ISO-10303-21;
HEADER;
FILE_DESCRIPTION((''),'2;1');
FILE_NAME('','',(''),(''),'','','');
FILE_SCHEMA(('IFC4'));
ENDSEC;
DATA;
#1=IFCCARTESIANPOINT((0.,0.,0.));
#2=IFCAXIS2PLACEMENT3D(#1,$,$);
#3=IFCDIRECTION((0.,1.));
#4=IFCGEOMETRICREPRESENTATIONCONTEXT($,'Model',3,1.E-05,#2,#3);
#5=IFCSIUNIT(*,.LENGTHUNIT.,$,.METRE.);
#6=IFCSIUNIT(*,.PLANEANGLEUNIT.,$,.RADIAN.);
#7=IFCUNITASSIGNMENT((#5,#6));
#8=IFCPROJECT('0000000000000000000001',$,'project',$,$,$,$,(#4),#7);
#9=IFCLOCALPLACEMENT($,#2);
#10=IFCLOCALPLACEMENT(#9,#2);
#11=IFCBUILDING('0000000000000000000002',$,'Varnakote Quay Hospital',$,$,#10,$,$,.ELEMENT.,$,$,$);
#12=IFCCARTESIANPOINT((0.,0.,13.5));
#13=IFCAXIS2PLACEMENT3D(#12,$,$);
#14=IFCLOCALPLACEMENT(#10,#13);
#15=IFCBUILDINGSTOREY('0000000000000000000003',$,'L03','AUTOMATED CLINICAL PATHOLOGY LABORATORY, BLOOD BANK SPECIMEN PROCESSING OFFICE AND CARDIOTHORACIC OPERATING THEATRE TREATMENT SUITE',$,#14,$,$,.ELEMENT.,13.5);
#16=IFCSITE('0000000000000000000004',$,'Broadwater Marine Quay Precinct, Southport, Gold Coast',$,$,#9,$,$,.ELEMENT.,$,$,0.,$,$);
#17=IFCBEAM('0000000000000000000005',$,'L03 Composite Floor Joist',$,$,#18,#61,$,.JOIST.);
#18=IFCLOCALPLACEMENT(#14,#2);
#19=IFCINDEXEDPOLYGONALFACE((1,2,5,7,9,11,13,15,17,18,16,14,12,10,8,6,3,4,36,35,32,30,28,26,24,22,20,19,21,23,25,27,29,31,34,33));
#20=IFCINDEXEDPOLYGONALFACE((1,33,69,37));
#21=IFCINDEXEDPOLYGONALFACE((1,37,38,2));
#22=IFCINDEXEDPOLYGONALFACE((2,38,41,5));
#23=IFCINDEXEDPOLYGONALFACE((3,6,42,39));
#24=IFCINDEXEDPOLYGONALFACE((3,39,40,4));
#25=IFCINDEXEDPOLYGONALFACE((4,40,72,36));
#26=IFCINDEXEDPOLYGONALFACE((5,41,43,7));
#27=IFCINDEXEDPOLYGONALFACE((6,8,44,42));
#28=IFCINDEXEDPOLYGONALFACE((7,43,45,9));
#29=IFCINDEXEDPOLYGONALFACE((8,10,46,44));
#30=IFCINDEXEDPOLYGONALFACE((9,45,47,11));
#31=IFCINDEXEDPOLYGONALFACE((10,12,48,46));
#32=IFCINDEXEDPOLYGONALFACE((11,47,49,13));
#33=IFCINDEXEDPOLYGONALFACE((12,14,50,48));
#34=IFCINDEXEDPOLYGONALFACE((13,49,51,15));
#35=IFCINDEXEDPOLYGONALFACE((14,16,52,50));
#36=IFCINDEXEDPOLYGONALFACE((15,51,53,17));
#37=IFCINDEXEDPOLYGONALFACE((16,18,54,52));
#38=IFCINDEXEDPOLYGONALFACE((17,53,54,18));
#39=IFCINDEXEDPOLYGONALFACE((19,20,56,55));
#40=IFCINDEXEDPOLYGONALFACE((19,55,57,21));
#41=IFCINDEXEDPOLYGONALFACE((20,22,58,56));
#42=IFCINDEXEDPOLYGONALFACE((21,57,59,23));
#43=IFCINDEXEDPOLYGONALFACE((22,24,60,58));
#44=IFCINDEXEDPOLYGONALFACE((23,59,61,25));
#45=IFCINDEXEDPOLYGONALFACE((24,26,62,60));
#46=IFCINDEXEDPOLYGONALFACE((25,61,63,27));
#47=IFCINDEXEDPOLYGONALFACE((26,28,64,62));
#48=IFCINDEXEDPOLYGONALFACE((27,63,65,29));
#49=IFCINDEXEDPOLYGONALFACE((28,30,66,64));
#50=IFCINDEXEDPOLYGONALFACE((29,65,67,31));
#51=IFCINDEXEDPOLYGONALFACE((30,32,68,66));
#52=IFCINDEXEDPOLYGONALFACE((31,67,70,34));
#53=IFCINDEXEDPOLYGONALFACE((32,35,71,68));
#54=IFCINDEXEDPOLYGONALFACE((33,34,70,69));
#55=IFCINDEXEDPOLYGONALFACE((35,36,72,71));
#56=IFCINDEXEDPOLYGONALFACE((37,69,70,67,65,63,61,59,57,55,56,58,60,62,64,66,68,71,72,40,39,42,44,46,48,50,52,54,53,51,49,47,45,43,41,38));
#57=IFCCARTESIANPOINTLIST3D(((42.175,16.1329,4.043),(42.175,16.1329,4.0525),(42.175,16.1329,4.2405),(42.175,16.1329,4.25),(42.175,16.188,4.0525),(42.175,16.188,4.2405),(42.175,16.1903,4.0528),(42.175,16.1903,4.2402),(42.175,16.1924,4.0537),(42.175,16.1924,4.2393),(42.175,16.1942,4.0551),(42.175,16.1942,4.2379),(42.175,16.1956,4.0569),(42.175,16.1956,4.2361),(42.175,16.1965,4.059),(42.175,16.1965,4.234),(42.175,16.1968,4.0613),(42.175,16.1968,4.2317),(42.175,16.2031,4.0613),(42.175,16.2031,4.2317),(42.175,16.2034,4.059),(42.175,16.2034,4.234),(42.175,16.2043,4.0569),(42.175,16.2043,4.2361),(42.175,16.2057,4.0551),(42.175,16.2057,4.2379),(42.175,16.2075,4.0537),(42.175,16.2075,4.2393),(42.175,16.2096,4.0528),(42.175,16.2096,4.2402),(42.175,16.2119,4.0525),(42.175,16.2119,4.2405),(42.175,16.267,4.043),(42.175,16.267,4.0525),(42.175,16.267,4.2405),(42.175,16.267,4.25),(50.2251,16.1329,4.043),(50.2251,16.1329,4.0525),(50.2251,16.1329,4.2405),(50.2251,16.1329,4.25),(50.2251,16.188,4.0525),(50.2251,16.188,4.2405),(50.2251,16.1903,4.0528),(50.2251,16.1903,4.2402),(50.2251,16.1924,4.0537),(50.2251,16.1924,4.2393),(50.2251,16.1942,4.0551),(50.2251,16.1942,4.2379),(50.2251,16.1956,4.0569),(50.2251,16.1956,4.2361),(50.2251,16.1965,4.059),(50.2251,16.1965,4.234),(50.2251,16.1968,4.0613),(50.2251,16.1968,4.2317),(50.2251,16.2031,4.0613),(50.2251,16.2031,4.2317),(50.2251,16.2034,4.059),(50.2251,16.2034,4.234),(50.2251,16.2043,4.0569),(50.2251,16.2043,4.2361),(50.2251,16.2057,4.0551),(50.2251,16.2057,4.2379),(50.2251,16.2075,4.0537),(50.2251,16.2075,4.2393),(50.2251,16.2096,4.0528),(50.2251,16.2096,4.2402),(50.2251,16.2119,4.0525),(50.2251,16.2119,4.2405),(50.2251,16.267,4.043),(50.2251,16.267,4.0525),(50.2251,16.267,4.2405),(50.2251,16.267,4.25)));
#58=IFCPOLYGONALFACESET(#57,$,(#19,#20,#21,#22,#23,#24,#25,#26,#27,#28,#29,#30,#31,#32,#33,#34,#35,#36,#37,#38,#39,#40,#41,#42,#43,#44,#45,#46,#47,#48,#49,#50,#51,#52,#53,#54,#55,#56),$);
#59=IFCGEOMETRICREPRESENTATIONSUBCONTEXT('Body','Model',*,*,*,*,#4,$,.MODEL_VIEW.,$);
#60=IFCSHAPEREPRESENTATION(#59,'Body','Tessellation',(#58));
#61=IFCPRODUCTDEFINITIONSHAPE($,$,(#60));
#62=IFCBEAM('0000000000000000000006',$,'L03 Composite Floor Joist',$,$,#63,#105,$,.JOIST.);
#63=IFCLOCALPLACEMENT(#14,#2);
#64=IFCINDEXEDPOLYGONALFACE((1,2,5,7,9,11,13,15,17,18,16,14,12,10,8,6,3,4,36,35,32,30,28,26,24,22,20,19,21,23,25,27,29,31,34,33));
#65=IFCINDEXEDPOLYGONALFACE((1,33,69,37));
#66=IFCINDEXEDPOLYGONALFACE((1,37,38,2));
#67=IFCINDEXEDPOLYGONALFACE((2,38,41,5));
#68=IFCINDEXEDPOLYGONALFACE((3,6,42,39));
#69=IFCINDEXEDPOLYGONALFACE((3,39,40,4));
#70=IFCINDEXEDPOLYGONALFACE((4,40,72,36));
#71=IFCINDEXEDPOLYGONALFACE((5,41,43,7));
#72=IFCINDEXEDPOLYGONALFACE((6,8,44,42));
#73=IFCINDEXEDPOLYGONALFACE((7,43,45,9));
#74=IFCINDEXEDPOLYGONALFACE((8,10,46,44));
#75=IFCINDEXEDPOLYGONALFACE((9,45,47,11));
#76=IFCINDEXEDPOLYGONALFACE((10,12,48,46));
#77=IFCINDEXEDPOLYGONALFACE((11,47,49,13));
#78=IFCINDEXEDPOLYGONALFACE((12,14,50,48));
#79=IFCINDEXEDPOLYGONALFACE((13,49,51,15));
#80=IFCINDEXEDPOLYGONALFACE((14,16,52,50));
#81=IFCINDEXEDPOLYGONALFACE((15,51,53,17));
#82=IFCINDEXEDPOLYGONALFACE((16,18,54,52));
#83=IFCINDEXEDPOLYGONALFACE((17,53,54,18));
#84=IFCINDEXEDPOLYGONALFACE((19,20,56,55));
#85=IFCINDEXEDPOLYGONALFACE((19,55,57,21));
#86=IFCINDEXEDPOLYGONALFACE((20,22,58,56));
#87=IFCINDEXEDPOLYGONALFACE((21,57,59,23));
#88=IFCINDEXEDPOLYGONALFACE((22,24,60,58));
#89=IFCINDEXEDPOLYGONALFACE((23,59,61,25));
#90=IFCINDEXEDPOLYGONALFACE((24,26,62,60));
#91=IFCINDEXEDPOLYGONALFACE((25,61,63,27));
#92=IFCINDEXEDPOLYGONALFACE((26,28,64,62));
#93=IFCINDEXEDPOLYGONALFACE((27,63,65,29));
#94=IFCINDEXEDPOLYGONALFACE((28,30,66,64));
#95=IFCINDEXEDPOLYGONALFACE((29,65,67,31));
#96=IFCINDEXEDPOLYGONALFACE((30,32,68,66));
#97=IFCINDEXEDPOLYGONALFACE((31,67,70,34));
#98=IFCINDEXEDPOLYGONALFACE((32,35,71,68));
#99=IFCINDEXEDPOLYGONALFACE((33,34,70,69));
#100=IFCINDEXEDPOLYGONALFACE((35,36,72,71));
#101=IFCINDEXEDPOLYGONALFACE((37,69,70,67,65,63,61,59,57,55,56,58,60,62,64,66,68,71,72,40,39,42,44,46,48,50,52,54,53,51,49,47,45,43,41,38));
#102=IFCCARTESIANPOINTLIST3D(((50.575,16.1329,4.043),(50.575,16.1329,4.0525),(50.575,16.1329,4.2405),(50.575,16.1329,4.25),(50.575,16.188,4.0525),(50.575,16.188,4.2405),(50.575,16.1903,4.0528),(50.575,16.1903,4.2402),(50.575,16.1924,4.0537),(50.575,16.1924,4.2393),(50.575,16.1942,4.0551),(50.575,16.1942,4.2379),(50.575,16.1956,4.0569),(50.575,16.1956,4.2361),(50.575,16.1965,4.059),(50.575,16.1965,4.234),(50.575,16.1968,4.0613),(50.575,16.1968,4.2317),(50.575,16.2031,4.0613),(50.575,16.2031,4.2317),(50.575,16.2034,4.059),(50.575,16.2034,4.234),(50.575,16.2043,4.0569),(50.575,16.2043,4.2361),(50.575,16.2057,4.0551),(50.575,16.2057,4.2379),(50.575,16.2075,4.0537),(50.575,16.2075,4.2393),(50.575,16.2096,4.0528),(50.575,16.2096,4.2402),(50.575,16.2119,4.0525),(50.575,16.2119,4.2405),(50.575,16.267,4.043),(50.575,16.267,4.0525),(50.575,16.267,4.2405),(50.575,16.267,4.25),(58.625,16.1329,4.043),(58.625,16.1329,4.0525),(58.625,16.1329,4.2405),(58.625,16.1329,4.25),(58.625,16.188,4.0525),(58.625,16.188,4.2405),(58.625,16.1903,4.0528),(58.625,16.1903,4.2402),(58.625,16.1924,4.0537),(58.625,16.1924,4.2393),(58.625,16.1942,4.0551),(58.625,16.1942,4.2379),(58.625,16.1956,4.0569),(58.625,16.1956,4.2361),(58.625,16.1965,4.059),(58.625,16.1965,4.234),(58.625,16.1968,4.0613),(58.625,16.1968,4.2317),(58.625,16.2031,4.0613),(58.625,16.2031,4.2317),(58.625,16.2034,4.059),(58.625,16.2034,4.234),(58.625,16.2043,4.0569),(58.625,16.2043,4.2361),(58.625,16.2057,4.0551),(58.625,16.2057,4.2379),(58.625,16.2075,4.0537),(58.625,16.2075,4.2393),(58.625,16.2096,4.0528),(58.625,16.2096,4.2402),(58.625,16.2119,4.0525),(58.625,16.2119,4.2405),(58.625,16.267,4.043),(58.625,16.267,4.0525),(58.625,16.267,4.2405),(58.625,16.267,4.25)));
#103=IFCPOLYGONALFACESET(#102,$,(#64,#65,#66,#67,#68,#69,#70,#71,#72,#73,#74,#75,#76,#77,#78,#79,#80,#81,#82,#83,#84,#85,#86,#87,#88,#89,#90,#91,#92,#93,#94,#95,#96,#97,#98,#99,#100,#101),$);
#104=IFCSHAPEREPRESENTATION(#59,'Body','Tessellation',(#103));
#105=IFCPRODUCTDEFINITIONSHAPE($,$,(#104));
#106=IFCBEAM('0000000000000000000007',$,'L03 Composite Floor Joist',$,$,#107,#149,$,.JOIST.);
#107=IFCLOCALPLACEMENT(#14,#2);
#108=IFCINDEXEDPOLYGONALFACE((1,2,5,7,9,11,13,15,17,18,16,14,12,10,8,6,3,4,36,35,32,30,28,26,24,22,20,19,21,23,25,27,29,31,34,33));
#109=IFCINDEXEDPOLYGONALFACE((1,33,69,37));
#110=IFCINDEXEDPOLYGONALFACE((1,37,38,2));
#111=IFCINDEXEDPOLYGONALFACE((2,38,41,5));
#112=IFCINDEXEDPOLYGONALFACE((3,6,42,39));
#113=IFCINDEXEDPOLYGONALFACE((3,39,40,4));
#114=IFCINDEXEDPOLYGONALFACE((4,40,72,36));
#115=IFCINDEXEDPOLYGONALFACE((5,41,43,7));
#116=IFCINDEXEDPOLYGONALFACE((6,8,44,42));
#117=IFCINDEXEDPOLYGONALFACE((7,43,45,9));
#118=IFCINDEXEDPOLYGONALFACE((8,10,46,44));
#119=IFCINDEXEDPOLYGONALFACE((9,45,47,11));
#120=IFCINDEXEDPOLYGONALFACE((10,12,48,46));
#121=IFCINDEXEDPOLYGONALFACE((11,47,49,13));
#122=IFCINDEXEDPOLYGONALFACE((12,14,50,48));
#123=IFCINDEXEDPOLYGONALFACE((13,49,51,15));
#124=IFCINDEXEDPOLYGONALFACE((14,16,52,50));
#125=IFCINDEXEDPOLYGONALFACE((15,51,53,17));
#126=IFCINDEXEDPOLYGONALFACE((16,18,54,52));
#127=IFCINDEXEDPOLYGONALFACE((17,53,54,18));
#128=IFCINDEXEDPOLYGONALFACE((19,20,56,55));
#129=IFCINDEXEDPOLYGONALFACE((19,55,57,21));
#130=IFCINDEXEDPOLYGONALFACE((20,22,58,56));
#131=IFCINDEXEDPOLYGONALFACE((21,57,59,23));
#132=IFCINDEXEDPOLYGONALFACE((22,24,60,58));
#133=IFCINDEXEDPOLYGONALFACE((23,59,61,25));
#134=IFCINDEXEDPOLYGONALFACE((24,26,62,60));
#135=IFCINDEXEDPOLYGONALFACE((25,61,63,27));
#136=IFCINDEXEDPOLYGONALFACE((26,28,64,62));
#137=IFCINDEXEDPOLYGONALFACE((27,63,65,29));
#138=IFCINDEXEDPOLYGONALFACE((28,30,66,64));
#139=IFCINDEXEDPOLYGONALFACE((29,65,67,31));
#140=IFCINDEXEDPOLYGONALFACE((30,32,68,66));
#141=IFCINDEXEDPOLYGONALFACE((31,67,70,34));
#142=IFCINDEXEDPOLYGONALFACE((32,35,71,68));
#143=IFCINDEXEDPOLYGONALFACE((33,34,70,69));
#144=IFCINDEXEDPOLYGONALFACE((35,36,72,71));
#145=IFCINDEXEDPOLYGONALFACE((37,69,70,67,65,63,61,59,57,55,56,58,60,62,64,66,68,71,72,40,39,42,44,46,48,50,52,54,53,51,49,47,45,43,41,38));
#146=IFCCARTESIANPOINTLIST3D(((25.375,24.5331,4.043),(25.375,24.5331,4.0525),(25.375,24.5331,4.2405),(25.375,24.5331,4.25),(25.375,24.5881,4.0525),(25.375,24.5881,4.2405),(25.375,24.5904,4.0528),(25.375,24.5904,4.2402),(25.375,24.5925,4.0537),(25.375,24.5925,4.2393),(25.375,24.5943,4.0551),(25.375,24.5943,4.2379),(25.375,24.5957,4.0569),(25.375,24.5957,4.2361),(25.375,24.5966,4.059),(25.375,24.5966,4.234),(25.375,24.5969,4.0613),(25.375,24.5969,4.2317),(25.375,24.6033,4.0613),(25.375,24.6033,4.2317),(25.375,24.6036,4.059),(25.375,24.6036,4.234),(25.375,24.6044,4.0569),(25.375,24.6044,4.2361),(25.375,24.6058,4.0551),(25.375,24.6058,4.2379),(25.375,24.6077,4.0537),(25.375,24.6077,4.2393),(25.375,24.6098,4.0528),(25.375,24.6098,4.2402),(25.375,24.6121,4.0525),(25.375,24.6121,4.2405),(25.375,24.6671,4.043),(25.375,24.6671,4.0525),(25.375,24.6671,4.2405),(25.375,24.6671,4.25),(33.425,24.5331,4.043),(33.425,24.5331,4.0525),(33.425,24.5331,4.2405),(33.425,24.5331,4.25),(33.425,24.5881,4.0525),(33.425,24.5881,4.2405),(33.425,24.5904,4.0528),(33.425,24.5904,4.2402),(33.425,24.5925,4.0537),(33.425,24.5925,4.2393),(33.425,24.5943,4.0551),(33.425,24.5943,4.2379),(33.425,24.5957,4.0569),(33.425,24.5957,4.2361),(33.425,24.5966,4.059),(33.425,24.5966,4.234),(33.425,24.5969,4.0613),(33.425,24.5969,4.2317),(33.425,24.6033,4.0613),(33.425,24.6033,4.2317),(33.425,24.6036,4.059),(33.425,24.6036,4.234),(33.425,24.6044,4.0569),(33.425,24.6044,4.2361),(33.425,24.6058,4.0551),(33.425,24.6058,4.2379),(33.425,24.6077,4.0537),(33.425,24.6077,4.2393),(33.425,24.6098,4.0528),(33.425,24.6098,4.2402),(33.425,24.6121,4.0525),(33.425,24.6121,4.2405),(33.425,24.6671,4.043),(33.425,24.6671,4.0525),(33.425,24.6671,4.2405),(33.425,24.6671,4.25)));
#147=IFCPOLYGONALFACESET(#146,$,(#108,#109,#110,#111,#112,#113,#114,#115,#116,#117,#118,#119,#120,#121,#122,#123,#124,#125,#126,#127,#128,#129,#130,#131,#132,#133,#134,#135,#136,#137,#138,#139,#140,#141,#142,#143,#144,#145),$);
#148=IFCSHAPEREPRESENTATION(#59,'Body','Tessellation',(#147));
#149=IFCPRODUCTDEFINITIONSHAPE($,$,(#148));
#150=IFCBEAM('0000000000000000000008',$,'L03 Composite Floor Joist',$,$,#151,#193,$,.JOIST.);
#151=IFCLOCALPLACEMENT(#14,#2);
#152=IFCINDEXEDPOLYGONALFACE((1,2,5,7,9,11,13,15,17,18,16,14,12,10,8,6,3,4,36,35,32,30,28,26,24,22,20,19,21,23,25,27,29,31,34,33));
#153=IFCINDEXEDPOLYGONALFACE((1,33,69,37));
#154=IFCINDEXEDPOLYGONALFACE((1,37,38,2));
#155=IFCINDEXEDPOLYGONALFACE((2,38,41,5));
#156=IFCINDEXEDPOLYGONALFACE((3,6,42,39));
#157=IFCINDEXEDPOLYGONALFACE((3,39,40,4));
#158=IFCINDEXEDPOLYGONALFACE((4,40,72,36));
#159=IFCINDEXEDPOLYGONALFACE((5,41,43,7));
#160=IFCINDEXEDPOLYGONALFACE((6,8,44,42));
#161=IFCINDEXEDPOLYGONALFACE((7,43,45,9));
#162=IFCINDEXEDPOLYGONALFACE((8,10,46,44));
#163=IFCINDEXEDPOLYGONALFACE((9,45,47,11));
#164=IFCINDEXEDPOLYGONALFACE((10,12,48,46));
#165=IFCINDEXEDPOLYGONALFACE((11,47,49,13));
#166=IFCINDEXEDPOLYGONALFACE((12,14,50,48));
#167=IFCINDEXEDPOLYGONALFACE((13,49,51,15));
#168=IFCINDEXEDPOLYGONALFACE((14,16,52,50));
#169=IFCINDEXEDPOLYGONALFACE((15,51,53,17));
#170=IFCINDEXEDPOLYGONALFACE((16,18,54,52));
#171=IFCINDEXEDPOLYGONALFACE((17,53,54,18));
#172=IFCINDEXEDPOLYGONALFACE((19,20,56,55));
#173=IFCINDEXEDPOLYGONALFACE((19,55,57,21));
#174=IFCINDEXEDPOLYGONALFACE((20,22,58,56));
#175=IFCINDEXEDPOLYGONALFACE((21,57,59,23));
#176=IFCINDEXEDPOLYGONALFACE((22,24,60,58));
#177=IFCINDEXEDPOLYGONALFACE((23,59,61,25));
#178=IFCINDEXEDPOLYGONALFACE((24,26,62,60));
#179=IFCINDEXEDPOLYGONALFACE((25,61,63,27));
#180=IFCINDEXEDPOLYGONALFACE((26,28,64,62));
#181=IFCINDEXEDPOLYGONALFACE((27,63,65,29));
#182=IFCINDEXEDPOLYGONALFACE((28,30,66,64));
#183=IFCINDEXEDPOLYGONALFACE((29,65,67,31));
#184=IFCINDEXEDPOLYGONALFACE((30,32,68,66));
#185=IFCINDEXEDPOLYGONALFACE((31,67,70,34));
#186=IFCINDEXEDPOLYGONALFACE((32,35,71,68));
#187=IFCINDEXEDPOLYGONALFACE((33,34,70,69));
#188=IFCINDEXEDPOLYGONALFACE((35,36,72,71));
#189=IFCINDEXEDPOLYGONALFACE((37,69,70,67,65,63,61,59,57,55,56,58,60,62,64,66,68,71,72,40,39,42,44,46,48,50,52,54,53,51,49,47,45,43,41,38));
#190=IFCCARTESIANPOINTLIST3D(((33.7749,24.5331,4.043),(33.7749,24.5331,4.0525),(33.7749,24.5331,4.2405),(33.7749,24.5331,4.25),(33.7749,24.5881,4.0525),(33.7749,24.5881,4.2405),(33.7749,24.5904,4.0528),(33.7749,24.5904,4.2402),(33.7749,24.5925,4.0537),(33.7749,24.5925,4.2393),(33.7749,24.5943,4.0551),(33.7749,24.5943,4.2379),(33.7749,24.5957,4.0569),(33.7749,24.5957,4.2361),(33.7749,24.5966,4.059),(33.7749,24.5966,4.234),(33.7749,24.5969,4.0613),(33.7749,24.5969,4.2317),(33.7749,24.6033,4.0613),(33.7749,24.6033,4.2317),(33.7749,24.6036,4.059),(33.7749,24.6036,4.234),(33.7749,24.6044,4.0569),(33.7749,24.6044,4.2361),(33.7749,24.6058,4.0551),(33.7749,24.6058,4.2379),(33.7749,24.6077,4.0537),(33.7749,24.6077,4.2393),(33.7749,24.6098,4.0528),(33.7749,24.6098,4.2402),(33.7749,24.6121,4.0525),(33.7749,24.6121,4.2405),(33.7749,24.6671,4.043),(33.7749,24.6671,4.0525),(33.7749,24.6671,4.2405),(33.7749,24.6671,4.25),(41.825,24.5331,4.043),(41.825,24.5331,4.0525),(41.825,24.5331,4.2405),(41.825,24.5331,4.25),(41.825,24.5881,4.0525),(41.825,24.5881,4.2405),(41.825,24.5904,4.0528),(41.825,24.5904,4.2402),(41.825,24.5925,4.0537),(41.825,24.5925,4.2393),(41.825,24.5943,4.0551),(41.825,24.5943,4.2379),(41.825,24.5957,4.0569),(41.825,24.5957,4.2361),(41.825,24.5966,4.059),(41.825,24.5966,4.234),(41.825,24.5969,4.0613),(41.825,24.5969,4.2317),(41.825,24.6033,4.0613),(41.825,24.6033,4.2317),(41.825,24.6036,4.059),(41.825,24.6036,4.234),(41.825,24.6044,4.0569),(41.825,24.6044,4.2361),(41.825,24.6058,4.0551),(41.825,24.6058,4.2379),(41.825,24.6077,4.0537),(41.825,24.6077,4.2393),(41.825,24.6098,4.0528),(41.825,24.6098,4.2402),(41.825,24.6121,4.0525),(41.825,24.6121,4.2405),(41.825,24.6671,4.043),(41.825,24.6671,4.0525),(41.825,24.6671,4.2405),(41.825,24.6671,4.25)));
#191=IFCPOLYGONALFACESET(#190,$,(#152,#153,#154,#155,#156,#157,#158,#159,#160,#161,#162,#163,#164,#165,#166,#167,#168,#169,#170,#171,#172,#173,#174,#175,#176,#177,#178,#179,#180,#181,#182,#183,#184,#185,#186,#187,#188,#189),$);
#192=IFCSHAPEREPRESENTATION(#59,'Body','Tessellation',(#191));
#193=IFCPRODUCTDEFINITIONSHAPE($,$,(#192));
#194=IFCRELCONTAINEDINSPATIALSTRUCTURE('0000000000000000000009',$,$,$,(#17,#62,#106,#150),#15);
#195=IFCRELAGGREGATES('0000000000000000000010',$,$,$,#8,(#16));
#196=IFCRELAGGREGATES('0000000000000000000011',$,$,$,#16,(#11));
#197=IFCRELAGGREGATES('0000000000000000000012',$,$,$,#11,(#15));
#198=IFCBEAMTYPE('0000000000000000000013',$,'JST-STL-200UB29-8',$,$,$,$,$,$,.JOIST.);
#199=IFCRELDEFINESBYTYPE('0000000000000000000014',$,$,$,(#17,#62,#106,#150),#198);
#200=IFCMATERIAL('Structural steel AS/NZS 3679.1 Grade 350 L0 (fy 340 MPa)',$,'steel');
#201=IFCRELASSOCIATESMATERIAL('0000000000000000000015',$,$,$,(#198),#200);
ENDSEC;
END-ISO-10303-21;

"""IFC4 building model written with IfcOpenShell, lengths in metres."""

from ifc_helpers import new_model, si_unit, direction, frame, origin, origin_2d, place, context, subcontext, project, spatial, i_section, extrude, material, material_profile, profile_set, type_object, element, save


model = new_model("IFC4")

# Units and contexts
model_context = context("Model", 3, precision=1e-05, world=origin(), true_north=direction((0.0, 1.0)))
body_context = subcontext(model_context, "Body", "Model", "MODEL_VIEW")
ifc_project = project(units=[si_unit("LENGTHUNIT", "METRE"), si_unit("PLANEANGLEUNIT", "RADIAN")], contexts=[model_context])

# Site, building, storey
site_placement = place(None, origin())
site = spatial("IfcSite", under=ifc_project, at=site_placement, Name="Broadwater Marine Quay Precinct, Southport, Gold Coast", CompositionType="ELEMENT", RefElevation=0.0)
building_placement = place(site_placement, origin())
building = spatial("IfcBuilding", under=site, at=building_placement, Name="Varnakote Quay Hospital", CompositionType="ELEMENT")
storey_placement = place(building_placement, frame((0.0, 0.0, 13.5)))
storey = spatial("IfcBuildingStorey", under=building, at=storey_placement, Name="L03", Description="AUTOMATED CLINICAL PATHOLOGY LABORATORY, BLOOD BANK SPECIMEN PROCESSING OFFICE AND CARDIOTHORACIC OPERATING THEATRE TREATMENT SUITE", CompositionType="ELEMENT", Elevation=13.5)

# Beams
ifc_material_1 = material(Name="Structural steel AS/NZS 3679.1 Grade 350 L0 (fy 340 MPa)", Category="steel")
ifc_material_profile_1 = material_profile(ifc_material_1, i_section(OverallWidth=0.134, OverallDepth=0.207, WebThickness=0.0063, FlangeThickness=0.0095, FilletRadius=0.0088, at=origin_2d()), Name="200UB29.8")
ifc_profile_set_1 = profile_set([ifc_material_profile_1], Name="Structural steel AS/NZS 3679.1 Grade 350 L0 (fy 340 MPa)")
beam_type_1 = type_object("IfcBeamType", Name="JST-STL-200UB29-8", PredefinedType="JOIST", material=ifc_profile_set_1)
for number, where, z_axis, x_axis, name in (
    (1, (42.175, 16.2, 4.1465), (1.0, 0.0, 0.0), (0.0, 1.0, 0.0), "L03 Composite Floor Joist"),
    (2, (50.575, 16.2, 4.1465), (1.0, 0.0, 0.0), (0.0, 1.0, 0.0), "L03 Composite Floor Joist"),
    (3, (25.375, 24.6001, 4.1465), (1.0, 0.0, 0.0), (0.0, 1.0, 0.0), "L03 Composite Floor Joist"),
    (4, (33.7749, 24.6001, 4.1465), (1.0, 0.0, 0.0), (0.0, 1.0, 0.0), "L03 Composite Floor Joist"),
):
    element("IfcBeam", number, at=place(storey_placement, frame(where, z_axis=z_axis, x_axis=x_axis)), inside=storey, type_object=beam_type_1, Name=name, PredefinedType="JOIST", context=body_context, shape_type="SweptSolid", body=[
        extrude(i_section(OverallWidth=0.134, OverallDepth=0.207, WebThickness=0.0063, FlangeThickness=0.0095, FilletRadius=0.0088, at=origin_2d()), origin(), (0.0, 0.0, 1.0), 8.05),
    ])

save(model, "model.ifc")
